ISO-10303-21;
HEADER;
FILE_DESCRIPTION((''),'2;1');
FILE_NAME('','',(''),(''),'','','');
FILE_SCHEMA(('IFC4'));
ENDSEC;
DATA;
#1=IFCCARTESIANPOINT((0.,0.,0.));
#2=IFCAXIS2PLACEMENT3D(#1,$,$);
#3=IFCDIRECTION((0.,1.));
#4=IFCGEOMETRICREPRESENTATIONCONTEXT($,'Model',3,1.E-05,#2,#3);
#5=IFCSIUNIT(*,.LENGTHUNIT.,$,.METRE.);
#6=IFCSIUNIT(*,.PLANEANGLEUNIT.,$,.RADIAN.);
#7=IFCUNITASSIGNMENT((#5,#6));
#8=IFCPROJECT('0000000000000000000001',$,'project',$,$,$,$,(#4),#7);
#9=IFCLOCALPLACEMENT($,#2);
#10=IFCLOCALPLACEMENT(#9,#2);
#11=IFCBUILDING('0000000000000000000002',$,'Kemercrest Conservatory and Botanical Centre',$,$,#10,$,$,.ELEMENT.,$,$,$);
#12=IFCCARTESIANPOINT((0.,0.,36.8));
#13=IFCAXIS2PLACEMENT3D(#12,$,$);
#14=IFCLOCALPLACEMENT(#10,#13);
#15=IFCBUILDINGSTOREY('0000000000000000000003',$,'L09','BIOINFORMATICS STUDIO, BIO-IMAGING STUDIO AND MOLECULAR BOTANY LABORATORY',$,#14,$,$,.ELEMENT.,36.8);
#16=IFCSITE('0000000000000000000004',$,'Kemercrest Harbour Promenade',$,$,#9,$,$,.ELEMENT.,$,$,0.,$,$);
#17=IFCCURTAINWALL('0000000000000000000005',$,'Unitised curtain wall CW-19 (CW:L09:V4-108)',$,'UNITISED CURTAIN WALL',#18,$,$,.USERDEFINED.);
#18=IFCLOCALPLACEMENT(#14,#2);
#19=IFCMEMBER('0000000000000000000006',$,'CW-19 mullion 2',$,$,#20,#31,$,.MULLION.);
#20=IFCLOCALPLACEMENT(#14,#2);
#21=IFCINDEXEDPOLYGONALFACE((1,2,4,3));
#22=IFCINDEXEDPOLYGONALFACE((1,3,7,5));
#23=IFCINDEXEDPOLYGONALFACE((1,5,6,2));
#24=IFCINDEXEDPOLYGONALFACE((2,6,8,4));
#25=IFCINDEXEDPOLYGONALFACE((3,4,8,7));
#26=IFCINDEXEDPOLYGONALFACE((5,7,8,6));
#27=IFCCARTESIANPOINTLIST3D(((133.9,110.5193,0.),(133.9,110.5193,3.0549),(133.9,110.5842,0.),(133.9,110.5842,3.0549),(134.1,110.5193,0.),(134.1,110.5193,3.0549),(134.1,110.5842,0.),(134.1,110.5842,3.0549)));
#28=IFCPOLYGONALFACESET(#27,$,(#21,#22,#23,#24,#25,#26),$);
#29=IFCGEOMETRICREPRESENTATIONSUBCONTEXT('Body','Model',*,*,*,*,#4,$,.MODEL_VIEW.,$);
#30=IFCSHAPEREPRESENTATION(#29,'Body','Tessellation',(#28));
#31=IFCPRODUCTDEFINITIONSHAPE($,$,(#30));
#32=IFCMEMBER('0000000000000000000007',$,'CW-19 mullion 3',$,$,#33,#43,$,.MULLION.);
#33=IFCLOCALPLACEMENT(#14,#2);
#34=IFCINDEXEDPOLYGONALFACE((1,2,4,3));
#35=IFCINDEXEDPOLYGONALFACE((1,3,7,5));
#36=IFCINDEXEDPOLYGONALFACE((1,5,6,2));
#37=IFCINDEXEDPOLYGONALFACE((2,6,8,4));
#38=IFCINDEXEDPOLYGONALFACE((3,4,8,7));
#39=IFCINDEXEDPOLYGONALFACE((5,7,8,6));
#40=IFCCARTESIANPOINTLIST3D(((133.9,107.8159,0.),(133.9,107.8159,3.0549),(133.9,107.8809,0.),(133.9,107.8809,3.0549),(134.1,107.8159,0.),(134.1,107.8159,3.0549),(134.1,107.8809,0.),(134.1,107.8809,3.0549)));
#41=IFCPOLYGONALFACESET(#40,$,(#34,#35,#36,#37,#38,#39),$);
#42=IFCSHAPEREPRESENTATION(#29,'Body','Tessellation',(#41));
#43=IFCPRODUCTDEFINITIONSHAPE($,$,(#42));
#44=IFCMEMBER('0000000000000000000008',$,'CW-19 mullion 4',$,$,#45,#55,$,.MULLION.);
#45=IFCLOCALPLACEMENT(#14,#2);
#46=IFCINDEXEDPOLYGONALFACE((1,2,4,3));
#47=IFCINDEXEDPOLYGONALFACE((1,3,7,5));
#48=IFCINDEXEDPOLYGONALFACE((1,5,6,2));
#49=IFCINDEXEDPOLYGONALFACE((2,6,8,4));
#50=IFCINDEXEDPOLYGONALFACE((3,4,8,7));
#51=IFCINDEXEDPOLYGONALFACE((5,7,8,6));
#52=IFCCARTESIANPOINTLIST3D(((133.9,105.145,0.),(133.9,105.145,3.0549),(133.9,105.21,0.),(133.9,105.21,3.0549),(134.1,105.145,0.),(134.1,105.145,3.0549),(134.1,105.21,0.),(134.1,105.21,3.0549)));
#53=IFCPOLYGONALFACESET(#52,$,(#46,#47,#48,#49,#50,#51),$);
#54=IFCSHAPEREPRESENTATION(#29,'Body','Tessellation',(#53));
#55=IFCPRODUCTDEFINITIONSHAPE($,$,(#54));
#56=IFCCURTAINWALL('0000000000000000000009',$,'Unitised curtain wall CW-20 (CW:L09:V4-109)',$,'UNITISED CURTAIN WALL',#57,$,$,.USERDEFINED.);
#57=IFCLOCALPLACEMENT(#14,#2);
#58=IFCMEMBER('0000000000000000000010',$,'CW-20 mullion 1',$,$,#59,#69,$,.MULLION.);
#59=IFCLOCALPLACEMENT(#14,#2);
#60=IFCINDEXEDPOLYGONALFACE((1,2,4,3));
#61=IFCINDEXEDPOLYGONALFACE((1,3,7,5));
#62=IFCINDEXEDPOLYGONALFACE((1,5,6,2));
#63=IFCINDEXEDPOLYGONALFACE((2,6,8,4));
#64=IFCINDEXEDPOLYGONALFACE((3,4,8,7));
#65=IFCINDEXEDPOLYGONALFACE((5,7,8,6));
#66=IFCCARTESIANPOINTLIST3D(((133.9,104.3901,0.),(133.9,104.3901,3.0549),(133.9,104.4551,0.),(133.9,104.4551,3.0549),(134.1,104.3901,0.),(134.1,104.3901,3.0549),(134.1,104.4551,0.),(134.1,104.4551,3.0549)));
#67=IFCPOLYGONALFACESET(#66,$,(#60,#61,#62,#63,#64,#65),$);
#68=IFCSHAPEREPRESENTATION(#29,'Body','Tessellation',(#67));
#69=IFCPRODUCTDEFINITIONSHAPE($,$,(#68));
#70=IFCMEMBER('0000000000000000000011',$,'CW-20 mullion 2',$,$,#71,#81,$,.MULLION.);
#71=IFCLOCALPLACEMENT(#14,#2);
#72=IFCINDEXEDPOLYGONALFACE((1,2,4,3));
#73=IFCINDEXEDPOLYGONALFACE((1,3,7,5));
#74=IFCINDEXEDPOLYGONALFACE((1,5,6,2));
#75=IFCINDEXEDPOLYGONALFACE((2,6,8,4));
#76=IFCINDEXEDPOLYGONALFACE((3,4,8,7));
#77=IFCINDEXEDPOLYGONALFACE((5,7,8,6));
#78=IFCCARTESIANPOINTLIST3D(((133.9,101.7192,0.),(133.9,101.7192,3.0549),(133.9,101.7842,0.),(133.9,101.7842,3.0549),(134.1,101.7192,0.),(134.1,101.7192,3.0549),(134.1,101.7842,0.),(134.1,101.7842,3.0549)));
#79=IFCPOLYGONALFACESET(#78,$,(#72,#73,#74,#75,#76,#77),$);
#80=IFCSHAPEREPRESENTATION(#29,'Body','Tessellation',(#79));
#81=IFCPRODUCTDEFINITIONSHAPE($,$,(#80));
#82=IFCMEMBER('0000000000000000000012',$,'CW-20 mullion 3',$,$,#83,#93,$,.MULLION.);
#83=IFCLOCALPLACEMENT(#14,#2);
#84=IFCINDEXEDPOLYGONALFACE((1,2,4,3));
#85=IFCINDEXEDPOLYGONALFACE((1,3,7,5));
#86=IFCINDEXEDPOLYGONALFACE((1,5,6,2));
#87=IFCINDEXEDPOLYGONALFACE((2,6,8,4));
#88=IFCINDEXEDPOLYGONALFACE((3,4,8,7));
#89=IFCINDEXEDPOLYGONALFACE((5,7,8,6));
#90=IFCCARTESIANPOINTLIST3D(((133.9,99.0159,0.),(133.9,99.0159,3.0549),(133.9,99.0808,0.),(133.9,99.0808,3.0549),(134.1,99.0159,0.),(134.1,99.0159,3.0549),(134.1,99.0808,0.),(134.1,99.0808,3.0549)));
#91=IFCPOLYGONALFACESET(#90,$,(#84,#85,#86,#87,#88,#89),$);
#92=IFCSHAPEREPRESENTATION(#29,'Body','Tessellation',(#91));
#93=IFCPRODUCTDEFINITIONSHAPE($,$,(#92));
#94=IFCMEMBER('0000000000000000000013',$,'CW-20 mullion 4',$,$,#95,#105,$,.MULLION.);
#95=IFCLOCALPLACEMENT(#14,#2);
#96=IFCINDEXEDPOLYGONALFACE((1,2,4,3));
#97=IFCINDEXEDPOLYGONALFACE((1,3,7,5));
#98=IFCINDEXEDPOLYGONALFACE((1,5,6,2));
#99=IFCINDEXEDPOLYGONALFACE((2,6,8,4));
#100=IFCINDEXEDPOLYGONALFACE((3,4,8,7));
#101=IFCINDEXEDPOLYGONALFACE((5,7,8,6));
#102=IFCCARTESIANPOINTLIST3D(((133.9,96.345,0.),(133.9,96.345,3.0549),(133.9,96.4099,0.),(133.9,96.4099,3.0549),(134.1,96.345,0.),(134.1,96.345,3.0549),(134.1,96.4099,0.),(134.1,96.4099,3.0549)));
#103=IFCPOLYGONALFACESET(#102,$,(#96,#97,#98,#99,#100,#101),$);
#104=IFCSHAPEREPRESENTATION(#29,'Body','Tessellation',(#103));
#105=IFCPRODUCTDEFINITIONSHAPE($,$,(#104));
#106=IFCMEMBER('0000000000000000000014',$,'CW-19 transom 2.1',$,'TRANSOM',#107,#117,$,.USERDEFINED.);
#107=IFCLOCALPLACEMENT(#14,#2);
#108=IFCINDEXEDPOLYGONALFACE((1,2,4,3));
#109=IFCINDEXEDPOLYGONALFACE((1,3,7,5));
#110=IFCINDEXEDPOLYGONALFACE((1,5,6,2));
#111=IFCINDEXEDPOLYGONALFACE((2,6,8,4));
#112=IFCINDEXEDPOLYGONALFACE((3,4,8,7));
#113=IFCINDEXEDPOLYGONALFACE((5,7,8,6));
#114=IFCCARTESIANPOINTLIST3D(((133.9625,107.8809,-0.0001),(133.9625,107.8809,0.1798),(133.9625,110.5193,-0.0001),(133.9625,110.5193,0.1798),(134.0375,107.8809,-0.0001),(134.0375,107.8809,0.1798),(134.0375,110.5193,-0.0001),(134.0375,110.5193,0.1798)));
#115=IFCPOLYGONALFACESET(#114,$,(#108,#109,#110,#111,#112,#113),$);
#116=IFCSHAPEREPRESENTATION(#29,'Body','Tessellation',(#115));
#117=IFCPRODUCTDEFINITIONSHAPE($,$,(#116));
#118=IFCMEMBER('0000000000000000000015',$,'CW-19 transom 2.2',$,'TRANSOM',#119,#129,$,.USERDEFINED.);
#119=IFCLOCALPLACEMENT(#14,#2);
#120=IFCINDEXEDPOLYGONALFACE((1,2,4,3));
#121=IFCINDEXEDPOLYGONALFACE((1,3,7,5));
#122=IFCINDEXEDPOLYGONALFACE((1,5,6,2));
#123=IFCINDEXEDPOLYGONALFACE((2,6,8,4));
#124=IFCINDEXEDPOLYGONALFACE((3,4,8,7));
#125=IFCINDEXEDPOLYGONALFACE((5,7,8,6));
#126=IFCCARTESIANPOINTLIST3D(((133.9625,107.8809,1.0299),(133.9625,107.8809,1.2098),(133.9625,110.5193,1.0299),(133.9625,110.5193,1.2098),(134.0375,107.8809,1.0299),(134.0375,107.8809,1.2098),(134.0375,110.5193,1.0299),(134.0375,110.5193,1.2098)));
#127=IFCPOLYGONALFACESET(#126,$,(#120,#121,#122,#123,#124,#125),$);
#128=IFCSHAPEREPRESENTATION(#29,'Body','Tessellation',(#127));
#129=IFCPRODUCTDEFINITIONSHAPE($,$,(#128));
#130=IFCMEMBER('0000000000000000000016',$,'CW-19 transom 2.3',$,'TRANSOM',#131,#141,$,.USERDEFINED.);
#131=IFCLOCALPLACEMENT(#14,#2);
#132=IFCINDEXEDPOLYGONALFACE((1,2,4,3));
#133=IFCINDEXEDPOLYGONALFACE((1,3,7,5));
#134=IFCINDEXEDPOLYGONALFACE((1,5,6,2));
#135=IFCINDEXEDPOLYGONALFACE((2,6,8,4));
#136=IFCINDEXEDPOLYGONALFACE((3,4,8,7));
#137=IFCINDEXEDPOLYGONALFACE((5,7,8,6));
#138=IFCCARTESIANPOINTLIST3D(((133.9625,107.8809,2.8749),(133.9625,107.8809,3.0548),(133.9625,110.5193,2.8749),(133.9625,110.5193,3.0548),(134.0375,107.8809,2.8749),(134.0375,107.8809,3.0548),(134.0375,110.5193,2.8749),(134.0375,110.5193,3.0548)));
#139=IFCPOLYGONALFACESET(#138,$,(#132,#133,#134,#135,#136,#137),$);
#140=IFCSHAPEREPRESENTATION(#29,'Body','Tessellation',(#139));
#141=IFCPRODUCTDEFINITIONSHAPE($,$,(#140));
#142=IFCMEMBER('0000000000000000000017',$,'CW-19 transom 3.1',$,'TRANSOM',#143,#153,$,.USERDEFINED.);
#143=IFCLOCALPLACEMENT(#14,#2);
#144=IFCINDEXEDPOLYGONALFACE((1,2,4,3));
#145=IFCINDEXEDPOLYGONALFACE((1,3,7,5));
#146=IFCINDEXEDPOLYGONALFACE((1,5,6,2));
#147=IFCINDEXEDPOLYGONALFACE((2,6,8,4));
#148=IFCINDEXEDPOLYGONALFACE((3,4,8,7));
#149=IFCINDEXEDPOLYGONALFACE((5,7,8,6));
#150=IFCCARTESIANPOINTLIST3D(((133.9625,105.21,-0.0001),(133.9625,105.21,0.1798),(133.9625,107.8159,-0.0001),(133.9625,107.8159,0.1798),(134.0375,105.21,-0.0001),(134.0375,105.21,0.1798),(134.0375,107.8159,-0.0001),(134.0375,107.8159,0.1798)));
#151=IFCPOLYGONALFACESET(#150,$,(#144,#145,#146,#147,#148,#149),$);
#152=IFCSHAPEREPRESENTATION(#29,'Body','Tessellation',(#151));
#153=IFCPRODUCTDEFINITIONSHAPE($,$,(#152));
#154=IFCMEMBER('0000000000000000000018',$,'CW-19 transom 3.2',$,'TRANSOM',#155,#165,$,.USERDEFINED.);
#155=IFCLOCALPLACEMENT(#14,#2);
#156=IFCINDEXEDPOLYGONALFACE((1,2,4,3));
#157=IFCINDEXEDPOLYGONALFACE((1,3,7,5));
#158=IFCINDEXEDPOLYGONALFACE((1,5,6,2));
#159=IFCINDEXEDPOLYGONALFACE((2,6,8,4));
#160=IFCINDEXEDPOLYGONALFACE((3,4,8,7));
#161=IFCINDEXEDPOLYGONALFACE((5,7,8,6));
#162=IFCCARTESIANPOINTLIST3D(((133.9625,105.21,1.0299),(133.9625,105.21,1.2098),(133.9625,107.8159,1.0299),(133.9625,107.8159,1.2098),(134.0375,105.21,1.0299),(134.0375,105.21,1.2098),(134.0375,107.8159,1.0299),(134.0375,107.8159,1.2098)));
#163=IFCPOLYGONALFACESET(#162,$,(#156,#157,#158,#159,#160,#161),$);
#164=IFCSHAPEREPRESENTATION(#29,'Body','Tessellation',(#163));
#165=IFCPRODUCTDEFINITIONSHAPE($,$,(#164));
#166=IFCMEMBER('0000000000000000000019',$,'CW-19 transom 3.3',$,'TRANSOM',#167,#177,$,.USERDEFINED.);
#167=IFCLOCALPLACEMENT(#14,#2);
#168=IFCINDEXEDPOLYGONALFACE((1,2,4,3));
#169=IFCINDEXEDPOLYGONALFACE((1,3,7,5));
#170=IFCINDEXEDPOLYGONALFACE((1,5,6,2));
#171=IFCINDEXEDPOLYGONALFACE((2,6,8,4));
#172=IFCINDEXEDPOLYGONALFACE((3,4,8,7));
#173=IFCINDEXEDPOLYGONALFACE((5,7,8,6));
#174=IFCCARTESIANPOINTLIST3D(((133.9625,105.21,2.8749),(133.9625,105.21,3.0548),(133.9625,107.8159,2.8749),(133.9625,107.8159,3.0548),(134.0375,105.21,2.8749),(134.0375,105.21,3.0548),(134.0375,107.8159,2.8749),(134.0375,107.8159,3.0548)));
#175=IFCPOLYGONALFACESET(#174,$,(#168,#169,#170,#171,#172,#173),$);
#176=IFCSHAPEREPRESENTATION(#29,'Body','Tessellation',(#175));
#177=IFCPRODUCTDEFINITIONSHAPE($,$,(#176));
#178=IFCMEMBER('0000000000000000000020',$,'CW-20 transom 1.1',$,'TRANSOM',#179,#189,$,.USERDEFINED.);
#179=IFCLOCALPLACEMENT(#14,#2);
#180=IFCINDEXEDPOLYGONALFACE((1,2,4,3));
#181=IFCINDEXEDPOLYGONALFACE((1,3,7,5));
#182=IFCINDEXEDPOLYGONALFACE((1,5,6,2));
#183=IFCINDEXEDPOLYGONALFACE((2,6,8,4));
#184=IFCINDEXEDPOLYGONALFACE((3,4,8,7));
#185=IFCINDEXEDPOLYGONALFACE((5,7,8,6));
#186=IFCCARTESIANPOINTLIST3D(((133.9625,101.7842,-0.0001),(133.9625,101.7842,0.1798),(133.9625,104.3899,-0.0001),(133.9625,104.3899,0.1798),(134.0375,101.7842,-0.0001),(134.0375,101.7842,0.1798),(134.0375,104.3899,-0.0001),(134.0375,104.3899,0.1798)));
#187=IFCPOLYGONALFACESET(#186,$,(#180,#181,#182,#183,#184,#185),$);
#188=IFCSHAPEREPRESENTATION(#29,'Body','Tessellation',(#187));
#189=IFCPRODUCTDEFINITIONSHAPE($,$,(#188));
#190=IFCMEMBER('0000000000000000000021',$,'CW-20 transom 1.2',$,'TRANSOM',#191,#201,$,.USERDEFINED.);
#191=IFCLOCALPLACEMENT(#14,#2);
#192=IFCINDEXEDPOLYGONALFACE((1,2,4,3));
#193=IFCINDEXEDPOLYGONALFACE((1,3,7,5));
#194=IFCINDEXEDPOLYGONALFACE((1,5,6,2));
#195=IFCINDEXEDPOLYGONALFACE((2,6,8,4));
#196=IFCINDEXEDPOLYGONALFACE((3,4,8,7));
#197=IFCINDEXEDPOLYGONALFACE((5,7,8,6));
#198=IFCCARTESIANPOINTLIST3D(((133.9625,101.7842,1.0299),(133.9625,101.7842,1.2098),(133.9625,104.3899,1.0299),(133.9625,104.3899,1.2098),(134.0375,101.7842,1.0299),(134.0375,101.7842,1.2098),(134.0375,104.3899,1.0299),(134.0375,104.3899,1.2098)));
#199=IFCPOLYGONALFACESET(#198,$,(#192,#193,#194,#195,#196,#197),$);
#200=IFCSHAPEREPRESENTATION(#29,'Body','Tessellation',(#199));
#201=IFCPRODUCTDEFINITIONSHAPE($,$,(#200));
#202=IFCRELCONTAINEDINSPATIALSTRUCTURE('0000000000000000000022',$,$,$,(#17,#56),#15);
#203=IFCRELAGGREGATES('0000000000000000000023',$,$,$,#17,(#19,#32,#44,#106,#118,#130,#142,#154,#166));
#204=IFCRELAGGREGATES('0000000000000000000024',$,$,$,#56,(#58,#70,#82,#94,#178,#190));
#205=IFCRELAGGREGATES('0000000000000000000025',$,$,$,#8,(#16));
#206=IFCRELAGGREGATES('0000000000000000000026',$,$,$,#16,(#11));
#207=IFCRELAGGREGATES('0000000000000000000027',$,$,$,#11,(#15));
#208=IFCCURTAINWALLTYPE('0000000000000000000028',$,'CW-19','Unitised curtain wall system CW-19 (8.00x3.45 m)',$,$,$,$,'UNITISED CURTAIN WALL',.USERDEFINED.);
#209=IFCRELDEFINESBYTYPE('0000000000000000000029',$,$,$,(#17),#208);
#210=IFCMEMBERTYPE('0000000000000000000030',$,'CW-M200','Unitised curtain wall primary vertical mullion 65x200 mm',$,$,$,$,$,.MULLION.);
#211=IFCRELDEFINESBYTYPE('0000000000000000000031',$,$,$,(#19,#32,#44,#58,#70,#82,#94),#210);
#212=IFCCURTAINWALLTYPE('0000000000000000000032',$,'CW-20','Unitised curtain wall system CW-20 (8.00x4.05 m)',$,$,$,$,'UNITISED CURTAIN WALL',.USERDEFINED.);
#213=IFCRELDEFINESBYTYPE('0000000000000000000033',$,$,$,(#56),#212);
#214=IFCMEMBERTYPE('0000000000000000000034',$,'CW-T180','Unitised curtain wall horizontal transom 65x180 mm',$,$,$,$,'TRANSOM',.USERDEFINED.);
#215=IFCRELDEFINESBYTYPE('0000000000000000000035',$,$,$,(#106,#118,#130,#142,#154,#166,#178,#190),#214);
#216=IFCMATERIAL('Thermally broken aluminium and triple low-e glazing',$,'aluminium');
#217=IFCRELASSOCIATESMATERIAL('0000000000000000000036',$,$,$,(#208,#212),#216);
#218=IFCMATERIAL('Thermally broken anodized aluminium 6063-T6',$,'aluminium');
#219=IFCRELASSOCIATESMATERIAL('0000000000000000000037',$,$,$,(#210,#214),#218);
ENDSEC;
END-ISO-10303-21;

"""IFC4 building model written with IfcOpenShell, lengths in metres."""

from ifc_helpers import new_model, si_unit, direction, frame, origin, origin_2d, place, context, subcontext, project, spatial, rectangle, extrude, material, material_profile, profile_set, type_object, element, aggregate, save


model = new_model("IFC4")

# Units and contexts
model_context = context("Model", 3, precision=1e-05, world=origin(), true_north=direction((0.0, 1.0)))
body_context = subcontext(model_context, "Body", "Model", "MODEL_VIEW")
ifc_project = project(units=[si_unit("LENGTHUNIT", "METRE"), si_unit("PLANEANGLEUNIT", "RADIAN")], contexts=[model_context])

# Site, building, storey
site_placement = place(None, origin())
site = spatial("IfcSite", under=ifc_project, at=site_placement, Name="Kemercrest Harbour Promenade", CompositionType="ELEMENT", RefElevation=0.0)
building_placement = place(site_placement, origin())
building = spatial("IfcBuilding", under=site, at=building_placement, Name="Kemercrest Conservatory and Botanical Centre", CompositionType="ELEMENT")
storey_placement = place(building_placement, frame((0.0, 0.0, 36.8)))
storey = spatial("IfcBuildingStorey", under=building, at=storey_placement, Name="L09", Description="BIOINFORMATICS STUDIO, BIO-IMAGING STUDIO AND MOLECULAR BOTANY LABORATORY", CompositionType="ELEMENT", Elevation=36.8)

# Curtain walls, members
ifc_material_1 = material(Name="Thermally broken aluminium and triple low-e glazing", Category="aluminium")
curtain_wall_type_1 = type_object("IfcCurtainWallType", Name="CW-19", Description="Unitised curtain wall system CW-19 (8.00x3.45 m)", ElementType="UNITISED CURTAIN WALL", PredefinedType="USERDEFINED", material=ifc_material_1)
curtain_wall_1_placement = place(storey_placement, origin())
curtain_wall_1 = element("IfcCurtainWall", 1, at=curtain_wall_1_placement, inside=storey, type_object=curtain_wall_type_1, Name="Unitised curtain wall CW-19 (CW:L09:V4-108)", ObjectType="UNITISED CURTAIN WALL", PredefinedType="USERDEFINED")
ifc_material_2 = material(Name="Thermally broken anodized aluminium 6063-T6", Category="aluminium")
ifc_material_profile_1 = material_profile(ifc_material_2, rectangle(XDim=0.2, YDim=0.0649, at=origin_2d()), Name="AL MULLION 65x200")
ifc_profile_set_1 = profile_set([ifc_material_profile_1], Name="Thermally broken anodized aluminium 6063-T6")
member_type_1 = type_object("IfcMemberType", Name="CW-M200", Description="Unitised curtain wall primary vertical mullion 65x200 mm", PredefinedType="MULLION", material=ifc_profile_set_1)
member_1_placement = place(storey_placement, frame((134.0, 110.5518, 0.0), z_axis=(0.0, 0.0, 1.0), x_axis=(1.0, 0.0, 0.0)))
member_1 = element("IfcMember", 2, at=member_1_placement, type_object=member_type_1, Name="CW-19 mullion 2", PredefinedType="MULLION", context=body_context, shape_type="SweptSolid", body=[
    extrude(rectangle(XDim=0.2, YDim=0.0649, at=origin_2d()), origin(), (0.0, 0.0, 1.0), 3.0549),
])
member_2_placement = place(storey_placement, frame((134.0, 107.8484, 0.0), z_axis=(0.0, 0.0, 1.0), x_axis=(1.0, 0.0, 0.0)))
member_2 = element("IfcMember", 3, at=member_2_placement, type_object=member_type_1, Name="CW-19 mullion 3", PredefinedType="MULLION", context=body_context, shape_type="SweptSolid", body=[
    extrude(rectangle(XDim=0.2, YDim=0.0649, at=origin_2d()), origin(), (0.0, 0.0, 1.0), 3.0549),
])
member_3_placement = place(storey_placement, frame((134.0, 105.1775, 0.0), z_axis=(0.0, 0.0, 1.0), x_axis=(1.0, 0.0, 0.0)))
member_3 = element("IfcMember", 4, at=member_3_placement, type_object=member_type_1, Name="CW-19 mullion 4", PredefinedType="MULLION", context=body_context, shape_type="SweptSolid", body=[
    extrude(rectangle(XDim=0.2, YDim=0.0649, at=origin_2d()), origin(), (0.0, 0.0, 1.0), 3.0549),
])
curtain_wall_type_2 = type_object("IfcCurtainWallType", Name="CW-20", Description="Unitised curtain wall system CW-20 (8.00x4.05 m)", ElementType="UNITISED CURTAIN WALL", PredefinedType="USERDEFINED", material=ifc_material_1)
curtain_wall_2_placement = place(storey_placement, origin())
curtain_wall_2 = element("IfcCurtainWall", 5, at=curtain_wall_2_placement, inside=storey, type_object=curtain_wall_type_2, Name="Unitised curtain wall CW-20 (CW:L09:V4-109)", ObjectType="UNITISED CURTAIN WALL", PredefinedType="USERDEFINED")
member_4_placement = place(storey_placement, frame((134.0, 104.4226, 0.0), z_axis=(0.0, 0.0, 1.0), x_axis=(1.0, 0.0, 0.0)))
member_4 = element("IfcMember", 6, at=member_4_placement, type_object=member_type_1, Name="CW-20 mullion 1", PredefinedType="MULLION", context=body_context, shape_type="SweptSolid", body=[
    extrude(rectangle(XDim=0.2, YDim=0.0649, at=origin_2d()), origin(), (0.0, 0.0, 1.0), 3.0549),
])
member_5_placement = place(storey_placement, frame((134.0, 101.7517, 0.0), z_axis=(0.0, 0.0, 1.0), x_axis=(1.0, 0.0, 0.0)))
member_5 = element("IfcMember", 7, at=member_5_placement, type_object=member_type_1, Name="CW-20 mullion 2", PredefinedType="MULLION", context=body_context, shape_type="SweptSolid", body=[
    extrude(rectangle(XDim=0.2, YDim=0.0649, at=origin_2d()), origin(), (0.0, 0.0, 1.0), 3.0549),
])
member_6_placement = place(storey_placement, frame((134.0, 99.0483, 0.0), z_axis=(0.0, 0.0, 1.0), x_axis=(1.0, 0.0, 0.0)))
member_6 = element("IfcMember", 8, at=member_6_placement, type_object=member_type_1, Name="CW-20 mullion 3", PredefinedType="MULLION", context=body_context, shape_type="SweptSolid", body=[
    extrude(rectangle(XDim=0.2, YDim=0.0649, at=origin_2d()), origin(), (0.0, 0.0, 1.0), 3.0549),
])
member_7_placement = place(storey_placement, frame((134.0, 96.3774, 0.0), z_axis=(0.0, 0.0, 1.0), x_axis=(1.0, 0.0, 0.0)))
member_7 = element("IfcMember", 9, at=member_7_placement, type_object=member_type_1, Name="CW-20 mullion 4", PredefinedType="MULLION", context=body_context, shape_type="SweptSolid", body=[
    extrude(rectangle(XDim=0.2, YDim=0.0649, at=origin_2d()), origin(), (0.0, 0.0, 1.0), 3.0549),
])

# Members
ifc_material_profile_2 = material_profile(ifc_material_2, rectangle(XDim=0.075, YDim=0.1799, at=origin_2d()), Name="AL TRANSOM 75x180")
ifc_profile_set_2 = profile_set([ifc_material_profile_2], Name="Thermally broken anodized aluminium 6063-T6")
member_type_2 = type_object("IfcMemberType", Name="CW-T180", Description="Unitised curtain wall horizontal transom 65x180 mm", ElementType="TRANSOM", PredefinedType="USERDEFINED", material=ifc_profile_set_2)
member_8_placement = place(storey_placement, frame((134.0, 110.5193, 0.0898), z_axis=(0.0, -1.0, 0.0), x_axis=(1.0, 0.0, 0.0)))
member_8 = element("IfcMember", 10, at=member_8_placement, type_object=member_type_2, Name="CW-19 transom 2.1", ObjectType="TRANSOM", PredefinedType="USERDEFINED", context=body_context, shape_type="SweptSolid", body=[
    extrude(rectangle(XDim=0.075, YDim=0.1799, at=origin_2d()), origin(), (0.0, 0.0, 1.0), 2.6384),
])
member_9_placement = place(storey_placement, frame((134.0, 110.5193, 1.1199), z_axis=(0.0, -1.0, 0.0), x_axis=(1.0, 0.0, 0.0)))
member_9 = element("IfcMember", 11, at=member_9_placement, type_object=member_type_2, Name="CW-19 transom 2.2", ObjectType="TRANSOM", PredefinedType="USERDEFINED", context=body_context, shape_type="SweptSolid", body=[
    extrude(rectangle(XDim=0.075, YDim=0.1799, at=origin_2d()), origin(), (0.0, 0.0, 1.0), 2.6384),
])
member_10_placement = place(storey_placement, frame((134.0, 110.5193, 2.9648), z_axis=(0.0, -1.0, 0.0), x_axis=(1.0, 0.0, 0.0)))
member_10 = element("IfcMember", 12, at=member_10_placement, type_object=member_type_2, Name="CW-19 transom 2.3", ObjectType="TRANSOM", PredefinedType="USERDEFINED", context=body_context, shape_type="SweptSolid", body=[
    extrude(rectangle(XDim=0.075, YDim=0.1799, at=origin_2d()), origin(), (0.0, 0.0, 1.0), 2.6384),
])
member_11_placement = place(storey_placement, frame((134.0, 107.8159, 0.0898), z_axis=(0.0, -1.0, 0.0), x_axis=(1.0, 0.0, 0.0)))
member_11 = element("IfcMember", 13, at=member_11_placement, type_object=member_type_2, Name="CW-19 transom 3.1", ObjectType="TRANSOM", PredefinedType="USERDEFINED", context=body_context, shape_type="SweptSolid", body=[
    extrude(rectangle(XDim=0.075, YDim=0.1799, at=origin_2d()), origin(), (0.0, 0.0, 1.0), 2.606),
])
member_12_placement = place(storey_placement, frame((134.0, 107.8159, 1.1199), z_axis=(0.0, -1.0, 0.0), x_axis=(1.0, 0.0, 0.0)))
member_12 = element("IfcMember", 14, at=member_12_placement, type_object=member_type_2, Name="CW-19 transom 3.2", ObjectType="TRANSOM", PredefinedType="USERDEFINED", context=body_context, shape_type="SweptSolid", body=[
    extrude(rectangle(XDim=0.075, YDim=0.1799, at=origin_2d()), origin(), (0.0, 0.0, 1.0), 2.606),
])
member_13_placement = place(storey_placement, frame((134.0, 107.8159, 2.9648), z_axis=(0.0, -1.0, 0.0), x_axis=(1.0, 0.0, 0.0)))
member_13 = element("IfcMember", 15, at=member_13_placement, type_object=member_type_2, Name="CW-19 transom 3.3", ObjectType="TRANSOM", PredefinedType="USERDEFINED", context=body_context, shape_type="SweptSolid", body=[
    extrude(rectangle(XDim=0.075, YDim=0.1799, at=origin_2d()), origin(), (0.0, 0.0, 1.0), 2.606),
])
member_14_placement = place(storey_placement, frame((134.0, 104.3899, 0.0898), z_axis=(0.0, -1.0, 0.0), x_axis=(1.0, 0.0, 0.0)))
member_14 = element("IfcMember", 16, at=member_14_placement, type_object=member_type_2, Name="CW-20 transom 1.1", ObjectType="TRANSOM", PredefinedType="USERDEFINED", context=body_context, shape_type="SweptSolid", body=[
    extrude(rectangle(XDim=0.075, YDim=0.1799, at=origin_2d()), origin(), (0.0, 0.0, 1.0), 2.6057),
])
member_15_placement = place(storey_placement, frame((134.0, 104.3899, 1.1199), z_axis=(0.0, -1.0, 0.0), x_axis=(1.0, 0.0, 0.0)))
member_15 = element("IfcMember", 17, at=member_15_placement, type_object=member_type_2, Name="CW-20 transom 1.2", ObjectType="TRANSOM", PredefinedType="USERDEFINED", context=body_context, shape_type="SweptSolid", body=[
    extrude(rectangle(XDim=0.075, YDim=0.1799, at=origin_2d()), origin(), (0.0, 0.0, 1.0), 2.6057),
])

aggregate(curtain_wall_1, [member_1, member_2, member_3, member_8, member_9, member_10, member_11, member_12, member_13])
aggregate(curtain_wall_2, [member_4, member_5, member_6, member_7, member_14, member_15])

save(model, "model.ifc")
